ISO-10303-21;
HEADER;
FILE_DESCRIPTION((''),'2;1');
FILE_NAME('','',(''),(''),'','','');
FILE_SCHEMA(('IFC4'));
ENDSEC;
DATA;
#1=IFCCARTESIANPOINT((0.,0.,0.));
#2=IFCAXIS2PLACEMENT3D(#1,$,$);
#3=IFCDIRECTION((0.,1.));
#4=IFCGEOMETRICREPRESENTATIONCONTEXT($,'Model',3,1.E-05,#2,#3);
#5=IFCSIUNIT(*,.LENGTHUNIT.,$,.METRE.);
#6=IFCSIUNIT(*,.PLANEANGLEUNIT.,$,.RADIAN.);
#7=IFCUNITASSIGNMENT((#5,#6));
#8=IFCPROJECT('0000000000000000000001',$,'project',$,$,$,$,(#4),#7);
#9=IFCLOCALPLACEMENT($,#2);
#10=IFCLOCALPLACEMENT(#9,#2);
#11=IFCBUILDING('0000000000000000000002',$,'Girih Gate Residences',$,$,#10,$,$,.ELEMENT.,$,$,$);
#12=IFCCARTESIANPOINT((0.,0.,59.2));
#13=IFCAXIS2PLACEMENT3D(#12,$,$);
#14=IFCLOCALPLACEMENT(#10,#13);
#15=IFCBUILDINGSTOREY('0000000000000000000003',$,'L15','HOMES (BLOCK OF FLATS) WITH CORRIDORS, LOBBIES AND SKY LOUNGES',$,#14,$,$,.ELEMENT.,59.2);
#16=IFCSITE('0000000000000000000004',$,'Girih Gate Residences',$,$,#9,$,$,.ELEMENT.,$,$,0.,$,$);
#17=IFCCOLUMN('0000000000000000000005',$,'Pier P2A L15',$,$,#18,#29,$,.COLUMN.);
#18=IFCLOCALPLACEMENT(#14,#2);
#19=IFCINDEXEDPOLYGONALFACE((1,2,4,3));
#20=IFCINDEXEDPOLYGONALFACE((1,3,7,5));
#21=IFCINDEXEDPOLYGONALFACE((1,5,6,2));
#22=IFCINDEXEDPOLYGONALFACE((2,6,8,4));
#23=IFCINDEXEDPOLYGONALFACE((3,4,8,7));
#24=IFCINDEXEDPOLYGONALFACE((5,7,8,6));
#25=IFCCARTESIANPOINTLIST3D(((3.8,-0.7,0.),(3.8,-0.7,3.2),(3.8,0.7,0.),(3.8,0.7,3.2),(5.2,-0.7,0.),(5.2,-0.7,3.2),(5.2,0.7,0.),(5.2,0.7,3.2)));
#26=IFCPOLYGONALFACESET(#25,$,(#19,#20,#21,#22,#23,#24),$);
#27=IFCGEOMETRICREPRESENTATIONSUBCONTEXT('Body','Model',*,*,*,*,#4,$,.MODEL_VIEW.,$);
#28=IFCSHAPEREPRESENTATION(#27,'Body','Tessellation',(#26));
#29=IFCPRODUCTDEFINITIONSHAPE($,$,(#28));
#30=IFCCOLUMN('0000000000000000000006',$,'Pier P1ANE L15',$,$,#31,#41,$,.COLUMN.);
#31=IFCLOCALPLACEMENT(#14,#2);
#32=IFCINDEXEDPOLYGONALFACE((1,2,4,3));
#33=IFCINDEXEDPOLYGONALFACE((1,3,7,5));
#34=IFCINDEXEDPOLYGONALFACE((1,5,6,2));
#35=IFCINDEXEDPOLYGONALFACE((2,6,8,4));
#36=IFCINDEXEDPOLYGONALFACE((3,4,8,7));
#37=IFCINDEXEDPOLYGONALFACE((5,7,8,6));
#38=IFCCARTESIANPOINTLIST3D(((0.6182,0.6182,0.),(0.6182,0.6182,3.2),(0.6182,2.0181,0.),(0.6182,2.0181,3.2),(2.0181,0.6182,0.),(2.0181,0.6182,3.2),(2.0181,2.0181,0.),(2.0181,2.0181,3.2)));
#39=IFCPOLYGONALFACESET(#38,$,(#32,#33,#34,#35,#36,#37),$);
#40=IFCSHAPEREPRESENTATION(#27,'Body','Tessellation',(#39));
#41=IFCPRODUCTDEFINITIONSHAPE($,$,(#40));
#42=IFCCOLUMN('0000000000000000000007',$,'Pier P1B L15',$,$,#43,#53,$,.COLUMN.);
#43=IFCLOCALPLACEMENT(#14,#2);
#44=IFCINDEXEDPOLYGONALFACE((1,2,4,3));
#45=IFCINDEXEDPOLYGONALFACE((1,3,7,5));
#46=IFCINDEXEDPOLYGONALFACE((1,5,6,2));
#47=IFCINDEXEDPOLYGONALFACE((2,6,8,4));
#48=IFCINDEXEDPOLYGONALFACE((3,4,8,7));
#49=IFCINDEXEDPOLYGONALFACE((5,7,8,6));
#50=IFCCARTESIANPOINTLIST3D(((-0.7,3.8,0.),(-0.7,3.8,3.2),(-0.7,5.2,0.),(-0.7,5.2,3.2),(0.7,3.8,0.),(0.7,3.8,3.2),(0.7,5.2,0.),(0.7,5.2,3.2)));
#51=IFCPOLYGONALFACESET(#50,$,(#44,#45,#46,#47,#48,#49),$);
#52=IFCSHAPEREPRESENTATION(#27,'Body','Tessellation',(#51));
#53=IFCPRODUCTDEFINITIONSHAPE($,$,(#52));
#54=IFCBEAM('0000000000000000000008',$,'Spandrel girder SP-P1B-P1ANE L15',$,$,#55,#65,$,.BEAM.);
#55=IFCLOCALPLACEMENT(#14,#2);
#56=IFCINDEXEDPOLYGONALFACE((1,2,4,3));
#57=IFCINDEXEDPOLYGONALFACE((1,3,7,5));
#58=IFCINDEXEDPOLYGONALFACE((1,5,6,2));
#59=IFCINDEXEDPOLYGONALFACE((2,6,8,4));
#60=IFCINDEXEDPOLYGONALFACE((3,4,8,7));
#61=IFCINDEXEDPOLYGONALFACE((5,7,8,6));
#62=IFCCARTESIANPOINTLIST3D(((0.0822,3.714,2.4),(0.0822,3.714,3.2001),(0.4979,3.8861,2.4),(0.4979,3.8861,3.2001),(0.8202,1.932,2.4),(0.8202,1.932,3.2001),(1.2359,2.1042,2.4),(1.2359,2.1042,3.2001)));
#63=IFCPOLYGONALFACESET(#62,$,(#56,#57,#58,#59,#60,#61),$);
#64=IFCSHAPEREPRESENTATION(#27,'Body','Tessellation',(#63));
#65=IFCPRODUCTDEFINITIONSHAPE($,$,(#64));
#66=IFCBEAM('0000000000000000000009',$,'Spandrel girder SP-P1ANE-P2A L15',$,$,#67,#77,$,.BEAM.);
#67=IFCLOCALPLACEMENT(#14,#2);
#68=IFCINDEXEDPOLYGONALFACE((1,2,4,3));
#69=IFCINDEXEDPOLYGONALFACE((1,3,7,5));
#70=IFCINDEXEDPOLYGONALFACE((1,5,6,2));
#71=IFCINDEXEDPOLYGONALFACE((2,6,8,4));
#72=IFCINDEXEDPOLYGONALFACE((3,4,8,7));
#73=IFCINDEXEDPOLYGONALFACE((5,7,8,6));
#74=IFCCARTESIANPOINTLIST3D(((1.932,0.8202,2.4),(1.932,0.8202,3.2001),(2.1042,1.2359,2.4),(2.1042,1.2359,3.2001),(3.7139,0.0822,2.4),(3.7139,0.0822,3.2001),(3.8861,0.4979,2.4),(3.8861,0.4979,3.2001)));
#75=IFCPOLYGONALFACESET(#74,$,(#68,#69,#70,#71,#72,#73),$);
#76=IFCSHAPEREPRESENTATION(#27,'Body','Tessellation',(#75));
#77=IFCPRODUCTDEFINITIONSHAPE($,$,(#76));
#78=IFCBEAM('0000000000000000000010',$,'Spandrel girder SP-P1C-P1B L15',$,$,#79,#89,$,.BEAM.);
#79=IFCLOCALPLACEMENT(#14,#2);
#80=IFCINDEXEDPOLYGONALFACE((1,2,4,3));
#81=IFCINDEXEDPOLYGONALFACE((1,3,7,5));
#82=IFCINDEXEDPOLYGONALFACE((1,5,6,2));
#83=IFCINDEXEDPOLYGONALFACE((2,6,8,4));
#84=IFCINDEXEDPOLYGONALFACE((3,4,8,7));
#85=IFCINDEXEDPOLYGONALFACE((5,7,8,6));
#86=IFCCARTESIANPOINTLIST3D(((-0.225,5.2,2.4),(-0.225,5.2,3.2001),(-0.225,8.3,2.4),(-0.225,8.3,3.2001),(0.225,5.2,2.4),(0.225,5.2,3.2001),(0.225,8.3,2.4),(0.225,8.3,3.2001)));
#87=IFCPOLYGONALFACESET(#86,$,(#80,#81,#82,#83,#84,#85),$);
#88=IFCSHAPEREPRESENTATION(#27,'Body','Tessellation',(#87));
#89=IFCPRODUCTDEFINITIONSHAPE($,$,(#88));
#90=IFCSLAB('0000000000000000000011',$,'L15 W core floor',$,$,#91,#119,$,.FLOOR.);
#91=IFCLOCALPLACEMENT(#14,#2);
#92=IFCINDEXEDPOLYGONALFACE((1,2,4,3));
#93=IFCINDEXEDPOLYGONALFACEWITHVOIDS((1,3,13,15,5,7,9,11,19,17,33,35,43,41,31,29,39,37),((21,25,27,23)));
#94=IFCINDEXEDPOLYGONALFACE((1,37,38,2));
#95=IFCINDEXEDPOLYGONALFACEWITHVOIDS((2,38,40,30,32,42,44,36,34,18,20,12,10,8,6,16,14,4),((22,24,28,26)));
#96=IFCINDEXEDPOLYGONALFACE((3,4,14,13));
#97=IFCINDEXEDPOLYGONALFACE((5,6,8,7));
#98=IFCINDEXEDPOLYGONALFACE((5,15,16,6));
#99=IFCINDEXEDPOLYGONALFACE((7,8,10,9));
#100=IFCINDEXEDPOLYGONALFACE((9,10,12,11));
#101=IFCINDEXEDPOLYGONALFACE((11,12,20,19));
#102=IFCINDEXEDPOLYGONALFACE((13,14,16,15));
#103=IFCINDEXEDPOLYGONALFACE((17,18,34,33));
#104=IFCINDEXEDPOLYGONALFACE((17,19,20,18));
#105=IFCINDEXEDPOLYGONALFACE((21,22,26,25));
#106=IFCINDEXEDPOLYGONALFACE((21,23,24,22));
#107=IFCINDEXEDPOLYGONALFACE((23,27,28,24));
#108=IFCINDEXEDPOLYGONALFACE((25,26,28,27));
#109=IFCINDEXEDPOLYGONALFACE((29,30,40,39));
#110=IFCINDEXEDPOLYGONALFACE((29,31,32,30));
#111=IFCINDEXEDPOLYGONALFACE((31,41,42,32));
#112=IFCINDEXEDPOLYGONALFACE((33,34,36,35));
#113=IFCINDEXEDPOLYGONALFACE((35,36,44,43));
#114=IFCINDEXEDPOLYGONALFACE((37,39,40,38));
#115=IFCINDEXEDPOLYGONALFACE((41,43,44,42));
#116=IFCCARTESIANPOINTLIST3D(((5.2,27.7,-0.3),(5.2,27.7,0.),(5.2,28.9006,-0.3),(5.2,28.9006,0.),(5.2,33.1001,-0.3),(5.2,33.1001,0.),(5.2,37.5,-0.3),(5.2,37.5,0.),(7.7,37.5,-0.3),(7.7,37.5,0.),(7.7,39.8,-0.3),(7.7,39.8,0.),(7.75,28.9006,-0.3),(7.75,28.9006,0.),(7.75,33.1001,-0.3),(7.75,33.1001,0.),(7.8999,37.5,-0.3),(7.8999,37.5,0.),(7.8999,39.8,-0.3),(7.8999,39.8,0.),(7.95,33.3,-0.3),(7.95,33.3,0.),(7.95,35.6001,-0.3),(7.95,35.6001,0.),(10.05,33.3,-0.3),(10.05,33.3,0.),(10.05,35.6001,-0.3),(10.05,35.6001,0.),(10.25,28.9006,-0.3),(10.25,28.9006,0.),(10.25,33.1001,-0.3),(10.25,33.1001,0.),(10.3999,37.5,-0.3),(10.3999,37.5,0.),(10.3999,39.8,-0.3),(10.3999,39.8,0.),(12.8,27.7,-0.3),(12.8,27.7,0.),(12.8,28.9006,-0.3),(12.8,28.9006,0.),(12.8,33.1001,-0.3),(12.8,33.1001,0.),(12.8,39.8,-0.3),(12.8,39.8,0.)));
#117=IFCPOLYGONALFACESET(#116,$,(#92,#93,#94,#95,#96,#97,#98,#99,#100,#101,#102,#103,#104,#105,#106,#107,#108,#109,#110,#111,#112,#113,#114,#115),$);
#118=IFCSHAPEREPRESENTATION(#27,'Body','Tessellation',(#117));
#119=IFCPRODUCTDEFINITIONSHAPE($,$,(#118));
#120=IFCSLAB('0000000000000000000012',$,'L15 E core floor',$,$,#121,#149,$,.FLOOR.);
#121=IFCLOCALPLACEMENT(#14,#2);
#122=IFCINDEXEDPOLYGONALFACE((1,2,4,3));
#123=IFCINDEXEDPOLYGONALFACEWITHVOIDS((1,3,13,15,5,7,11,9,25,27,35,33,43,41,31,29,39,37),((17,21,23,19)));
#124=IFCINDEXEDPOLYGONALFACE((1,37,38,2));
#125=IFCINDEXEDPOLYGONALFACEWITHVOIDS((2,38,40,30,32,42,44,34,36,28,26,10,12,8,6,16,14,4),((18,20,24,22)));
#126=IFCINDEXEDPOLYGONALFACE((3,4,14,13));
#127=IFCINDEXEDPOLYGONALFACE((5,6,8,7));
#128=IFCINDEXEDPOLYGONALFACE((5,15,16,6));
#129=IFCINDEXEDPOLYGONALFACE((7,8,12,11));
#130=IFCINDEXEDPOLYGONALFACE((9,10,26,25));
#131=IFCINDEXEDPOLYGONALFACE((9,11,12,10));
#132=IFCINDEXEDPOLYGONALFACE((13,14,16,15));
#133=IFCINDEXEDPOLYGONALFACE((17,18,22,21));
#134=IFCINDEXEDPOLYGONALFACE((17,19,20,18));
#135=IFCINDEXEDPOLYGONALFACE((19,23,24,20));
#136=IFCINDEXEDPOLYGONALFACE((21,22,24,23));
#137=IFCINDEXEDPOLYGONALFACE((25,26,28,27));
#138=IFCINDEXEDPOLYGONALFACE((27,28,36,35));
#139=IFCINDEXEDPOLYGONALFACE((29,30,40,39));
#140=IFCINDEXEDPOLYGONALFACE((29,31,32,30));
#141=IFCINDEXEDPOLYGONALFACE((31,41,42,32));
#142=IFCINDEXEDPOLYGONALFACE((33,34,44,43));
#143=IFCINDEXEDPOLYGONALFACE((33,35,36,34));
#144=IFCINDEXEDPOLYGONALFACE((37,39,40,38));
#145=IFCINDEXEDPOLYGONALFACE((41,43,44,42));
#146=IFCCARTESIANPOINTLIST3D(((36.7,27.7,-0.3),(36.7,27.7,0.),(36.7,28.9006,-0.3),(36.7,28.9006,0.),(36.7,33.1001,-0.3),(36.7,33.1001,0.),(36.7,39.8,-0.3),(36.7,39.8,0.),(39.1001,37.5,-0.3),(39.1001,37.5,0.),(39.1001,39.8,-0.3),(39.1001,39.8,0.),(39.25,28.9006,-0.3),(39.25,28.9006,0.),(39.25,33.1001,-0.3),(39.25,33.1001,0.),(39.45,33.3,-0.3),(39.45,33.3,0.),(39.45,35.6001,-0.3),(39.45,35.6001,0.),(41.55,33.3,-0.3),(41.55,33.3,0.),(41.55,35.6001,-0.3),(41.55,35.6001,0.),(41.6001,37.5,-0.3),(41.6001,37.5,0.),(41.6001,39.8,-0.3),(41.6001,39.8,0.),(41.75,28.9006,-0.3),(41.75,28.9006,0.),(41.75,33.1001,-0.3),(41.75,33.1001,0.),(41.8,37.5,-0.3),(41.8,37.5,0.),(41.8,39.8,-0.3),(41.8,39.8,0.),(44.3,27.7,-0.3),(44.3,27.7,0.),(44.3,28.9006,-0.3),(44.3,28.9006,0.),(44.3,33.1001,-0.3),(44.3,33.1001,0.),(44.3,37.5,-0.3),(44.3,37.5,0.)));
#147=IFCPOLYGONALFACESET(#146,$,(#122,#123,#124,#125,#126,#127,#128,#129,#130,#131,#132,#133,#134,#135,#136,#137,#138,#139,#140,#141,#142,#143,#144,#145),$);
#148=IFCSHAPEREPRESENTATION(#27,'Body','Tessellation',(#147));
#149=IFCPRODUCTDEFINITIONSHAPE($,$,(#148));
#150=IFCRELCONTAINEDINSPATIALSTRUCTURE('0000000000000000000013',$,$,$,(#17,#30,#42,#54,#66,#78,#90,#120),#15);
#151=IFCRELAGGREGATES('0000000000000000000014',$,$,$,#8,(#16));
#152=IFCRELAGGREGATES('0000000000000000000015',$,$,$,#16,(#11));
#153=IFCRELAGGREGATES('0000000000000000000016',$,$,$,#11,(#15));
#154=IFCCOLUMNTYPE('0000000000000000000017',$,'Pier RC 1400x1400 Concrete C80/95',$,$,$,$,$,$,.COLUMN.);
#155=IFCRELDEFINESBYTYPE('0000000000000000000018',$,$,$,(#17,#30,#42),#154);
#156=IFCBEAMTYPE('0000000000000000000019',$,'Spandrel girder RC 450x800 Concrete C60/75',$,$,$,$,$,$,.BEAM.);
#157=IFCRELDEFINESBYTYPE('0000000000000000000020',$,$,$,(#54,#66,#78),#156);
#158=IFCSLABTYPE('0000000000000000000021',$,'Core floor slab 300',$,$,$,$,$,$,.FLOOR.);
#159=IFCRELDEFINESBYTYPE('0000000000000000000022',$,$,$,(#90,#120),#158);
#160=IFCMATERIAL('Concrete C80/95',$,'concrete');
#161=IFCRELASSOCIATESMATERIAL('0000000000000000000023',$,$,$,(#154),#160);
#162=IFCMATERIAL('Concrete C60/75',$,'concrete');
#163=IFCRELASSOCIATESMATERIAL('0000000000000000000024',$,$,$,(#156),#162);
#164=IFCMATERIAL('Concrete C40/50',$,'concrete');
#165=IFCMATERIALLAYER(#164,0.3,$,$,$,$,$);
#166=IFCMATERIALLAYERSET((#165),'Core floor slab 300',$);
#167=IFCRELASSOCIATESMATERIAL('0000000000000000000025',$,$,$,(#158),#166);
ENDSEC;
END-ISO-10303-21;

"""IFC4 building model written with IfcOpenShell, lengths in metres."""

from ifc_helpers import new_model, si_unit, direction, frame, origin, origin_2d, place, context, subcontext, project, spatial, polyline, rectangle, outline, extrude, material, layer, layer_set, material_profile, profile_set, type_object, element, save


model = new_model("IFC4")

# Units and contexts
model_context = context("Model", 3, precision=1e-05, world=origin(), true_north=direction((0.0, 1.0)))
body_context = subcontext(model_context, "Body", "Model", "MODEL_VIEW")
ifc_project = project(units=[si_unit("LENGTHUNIT", "METRE"), si_unit("PLANEANGLEUNIT", "RADIAN")], contexts=[model_context])

# Site, building, storey
site_placement = place(None, origin())
site = spatial("IfcSite", under=ifc_project, at=site_placement, Name="Girih Gate Residences", CompositionType="ELEMENT", RefElevation=0.0)
building_placement = place(site_placement, origin())
building = spatial("IfcBuilding", under=site, at=building_placement, Name="Girih Gate Residences", CompositionType="ELEMENT")
storey_placement = place(building_placement, frame((0.0, 0.0, 59.2)))
storey = spatial("IfcBuildingStorey", under=building, at=storey_placement, Name="L15", Description="HOMES (BLOCK OF FLATS) WITH CORRIDORS, LOBBIES AND SKY LOUNGES", CompositionType="ELEMENT", Elevation=59.2)

# Columns
ifc_material_1 = material(Name="Concrete C80/95", Category="concrete")
ifc_material_profile_1 = material_profile(ifc_material_1, rectangle(XDim=1.3999, YDim=1.3999, at=origin_2d()))
ifc_profile_set_1 = profile_set([ifc_material_profile_1], Name="Concrete C80/95")
column_type = type_object("IfcColumnType", Name="Pier RC 1400x1400 Concrete C80/95", PredefinedType="COLUMN", material=ifc_profile_set_1)
for number, where, z_axis, x_axis, name in (
    (1, (4.5, 0.0, 0.0), (0.0, 0.0, 1.0), (1.0, 0.0, 0.0), "Pier P2A L15"),
    (2, (1.3181, 1.3181, 0.0), (0.0, 0.0, 1.0), (1.0, 0.0, 0.0), "Pier P1ANE L15"),
    (3, (0.0, 4.5, 0.0), (0.0, 0.0, 1.0), (1.0, 0.0, 0.0), "Pier P1B L15"),
):
    element("IfcColumn", number, at=place(storey_placement, frame(where, z_axis=z_axis, x_axis=x_axis)), inside=storey, type_object=column_type, Name=name, PredefinedType="COLUMN", context=body_context, shape_type="SweptSolid", body=[
        extrude(rectangle(XDim=1.3999, YDim=1.3999, at=origin_2d()), origin(), (0.0, 0.0, 1.0), 3.2),
    ])

# Beams
ifc_material_2 = material(Name="Concrete C60/75", Category="concrete")
ifc_material_profile_2 = material_profile(ifc_material_2, rectangle(XDim=0.45, YDim=0.8, at=origin_2d()))
ifc_profile_set_2 = profile_set([ifc_material_profile_2], Name="Concrete C60/75")
beam_type = type_object("IfcBeamType", Name="Spandrel girder RC 450x800 Concrete C60/75", PredefinedType="BEAM", material=ifc_profile_set_2)
for number, where, z_axis, x_axis, name in (
    (4, (0.29, 3.8, 2.8), (0.382646, -0.923895, 0.0), (0.923895, 0.382646, 0.0), "Spandrel girder SP-P1B-P1ANE L15"),
    (5, (2.0181, 1.0281, 2.8), (0.923895, -0.382646, 0.0), (0.382646, 0.923895, 0.0), "Spandrel girder SP-P1ANE-P2A L15"),
):
    element("IfcBeam", number, at=place(storey_placement, frame(where, z_axis=z_axis, x_axis=x_axis)), inside=storey, type_object=beam_type, Name=name, PredefinedType="BEAM", context=body_context, shape_type="SweptSolid", body=[
        extrude(rectangle(XDim=0.45, YDim=0.8, at=origin_2d()), origin(), (0.0, 0.0, 1.0), 1.9287),
    ])
beam_placement = place(storey_placement, frame((0.0, 8.3, 2.8), z_axis=(0.0, -1.0, 0.0), x_axis=(1.0, 0.0, 0.0)))
element("IfcBeam", 6, at=beam_placement, inside=storey, type_object=beam_type, Name="Spandrel girder SP-P1C-P1B L15", PredefinedType="BEAM", context=body_context, shape_type="SweptSolid", body=[
    extrude(rectangle(XDim=0.45, YDim=0.8, at=origin_2d()), origin(), (0.0, 0.0, 1.0), 3.1001),
])

# Slabs
ifc_material_3 = material(Name="Concrete C40/50", Category="concrete")
ifc_layer_1 = layer(ifc_material_3, 0.3)
ifc_layer_set_1 = layer_set([ifc_layer_1], Name="Core floor slab 300")
slab_type_1 = type_object("IfcSlabType", Name="Core floor slab 300", PredefinedType="FLOOR", material=ifc_layer_set_1)
slab_1_placement = place(storey_placement, frame((0.0, 0.0, -0.3)))
element("IfcSlab", 7, at=slab_1_placement, inside=storey, type_object=slab_type_1, Name="L15 W core floor", PredefinedType="FLOOR", context=body_context, shape_type="SweptSolid", body=[
    extrude(outline(polyline([(12.8, 27.7), (5.2, 27.7), (5.2, 28.9006), (7.75, 28.9006), (7.75, 33.1001), (5.2, 33.1001), (5.2, 37.5), (7.7, 37.5), (7.7, 39.8), (7.8999, 39.8), (7.8999, 37.5), (10.3999, 37.5), (10.3999, 39.8), (12.8, 39.8), (12.8, 33.1001), (10.25, 33.1001), (10.25, 28.9006), (12.8, 28.9006), (12.8, 27.7)]), holes=[polyline([(7.95, 33.3), (10.05, 33.3), (10.05, 35.6001), (7.95, 35.6001), (7.95, 33.3)])]), origin(), (0.0, 0.0, 1.0), 0.3),
])
slab_2_placement = place(storey_placement, frame((0.0, 0.0, -0.3)))
element("IfcSlab", 8, at=slab_2_placement, inside=storey, type_object=slab_type_1, Name="L15 E core floor", PredefinedType="FLOOR", context=body_context, shape_type="SweptSolid", body=[
    extrude(outline(polyline([(44.3, 27.7), (36.7, 27.7), (36.7, 28.9006), (39.25, 28.9006), (39.25, 33.1001), (36.7, 33.1001), (36.7, 39.8), (39.1001, 39.8), (39.1001, 37.5), (41.6001, 37.5), (41.6001, 39.8), (41.8, 39.8), (41.8, 37.5), (44.3, 37.5), (44.3, 33.1001), (41.75, 33.1001), (41.75, 28.9006), (44.3, 28.9006), (44.3, 27.7)]), holes=[polyline([(39.45, 33.3), (41.55, 33.3), (41.55, 35.6001), (39.45, 35.6001), (39.45, 33.3)])]), origin(), (0.0, 0.0, 1.0), 0.3),
])

save(model, "model.ifc")
